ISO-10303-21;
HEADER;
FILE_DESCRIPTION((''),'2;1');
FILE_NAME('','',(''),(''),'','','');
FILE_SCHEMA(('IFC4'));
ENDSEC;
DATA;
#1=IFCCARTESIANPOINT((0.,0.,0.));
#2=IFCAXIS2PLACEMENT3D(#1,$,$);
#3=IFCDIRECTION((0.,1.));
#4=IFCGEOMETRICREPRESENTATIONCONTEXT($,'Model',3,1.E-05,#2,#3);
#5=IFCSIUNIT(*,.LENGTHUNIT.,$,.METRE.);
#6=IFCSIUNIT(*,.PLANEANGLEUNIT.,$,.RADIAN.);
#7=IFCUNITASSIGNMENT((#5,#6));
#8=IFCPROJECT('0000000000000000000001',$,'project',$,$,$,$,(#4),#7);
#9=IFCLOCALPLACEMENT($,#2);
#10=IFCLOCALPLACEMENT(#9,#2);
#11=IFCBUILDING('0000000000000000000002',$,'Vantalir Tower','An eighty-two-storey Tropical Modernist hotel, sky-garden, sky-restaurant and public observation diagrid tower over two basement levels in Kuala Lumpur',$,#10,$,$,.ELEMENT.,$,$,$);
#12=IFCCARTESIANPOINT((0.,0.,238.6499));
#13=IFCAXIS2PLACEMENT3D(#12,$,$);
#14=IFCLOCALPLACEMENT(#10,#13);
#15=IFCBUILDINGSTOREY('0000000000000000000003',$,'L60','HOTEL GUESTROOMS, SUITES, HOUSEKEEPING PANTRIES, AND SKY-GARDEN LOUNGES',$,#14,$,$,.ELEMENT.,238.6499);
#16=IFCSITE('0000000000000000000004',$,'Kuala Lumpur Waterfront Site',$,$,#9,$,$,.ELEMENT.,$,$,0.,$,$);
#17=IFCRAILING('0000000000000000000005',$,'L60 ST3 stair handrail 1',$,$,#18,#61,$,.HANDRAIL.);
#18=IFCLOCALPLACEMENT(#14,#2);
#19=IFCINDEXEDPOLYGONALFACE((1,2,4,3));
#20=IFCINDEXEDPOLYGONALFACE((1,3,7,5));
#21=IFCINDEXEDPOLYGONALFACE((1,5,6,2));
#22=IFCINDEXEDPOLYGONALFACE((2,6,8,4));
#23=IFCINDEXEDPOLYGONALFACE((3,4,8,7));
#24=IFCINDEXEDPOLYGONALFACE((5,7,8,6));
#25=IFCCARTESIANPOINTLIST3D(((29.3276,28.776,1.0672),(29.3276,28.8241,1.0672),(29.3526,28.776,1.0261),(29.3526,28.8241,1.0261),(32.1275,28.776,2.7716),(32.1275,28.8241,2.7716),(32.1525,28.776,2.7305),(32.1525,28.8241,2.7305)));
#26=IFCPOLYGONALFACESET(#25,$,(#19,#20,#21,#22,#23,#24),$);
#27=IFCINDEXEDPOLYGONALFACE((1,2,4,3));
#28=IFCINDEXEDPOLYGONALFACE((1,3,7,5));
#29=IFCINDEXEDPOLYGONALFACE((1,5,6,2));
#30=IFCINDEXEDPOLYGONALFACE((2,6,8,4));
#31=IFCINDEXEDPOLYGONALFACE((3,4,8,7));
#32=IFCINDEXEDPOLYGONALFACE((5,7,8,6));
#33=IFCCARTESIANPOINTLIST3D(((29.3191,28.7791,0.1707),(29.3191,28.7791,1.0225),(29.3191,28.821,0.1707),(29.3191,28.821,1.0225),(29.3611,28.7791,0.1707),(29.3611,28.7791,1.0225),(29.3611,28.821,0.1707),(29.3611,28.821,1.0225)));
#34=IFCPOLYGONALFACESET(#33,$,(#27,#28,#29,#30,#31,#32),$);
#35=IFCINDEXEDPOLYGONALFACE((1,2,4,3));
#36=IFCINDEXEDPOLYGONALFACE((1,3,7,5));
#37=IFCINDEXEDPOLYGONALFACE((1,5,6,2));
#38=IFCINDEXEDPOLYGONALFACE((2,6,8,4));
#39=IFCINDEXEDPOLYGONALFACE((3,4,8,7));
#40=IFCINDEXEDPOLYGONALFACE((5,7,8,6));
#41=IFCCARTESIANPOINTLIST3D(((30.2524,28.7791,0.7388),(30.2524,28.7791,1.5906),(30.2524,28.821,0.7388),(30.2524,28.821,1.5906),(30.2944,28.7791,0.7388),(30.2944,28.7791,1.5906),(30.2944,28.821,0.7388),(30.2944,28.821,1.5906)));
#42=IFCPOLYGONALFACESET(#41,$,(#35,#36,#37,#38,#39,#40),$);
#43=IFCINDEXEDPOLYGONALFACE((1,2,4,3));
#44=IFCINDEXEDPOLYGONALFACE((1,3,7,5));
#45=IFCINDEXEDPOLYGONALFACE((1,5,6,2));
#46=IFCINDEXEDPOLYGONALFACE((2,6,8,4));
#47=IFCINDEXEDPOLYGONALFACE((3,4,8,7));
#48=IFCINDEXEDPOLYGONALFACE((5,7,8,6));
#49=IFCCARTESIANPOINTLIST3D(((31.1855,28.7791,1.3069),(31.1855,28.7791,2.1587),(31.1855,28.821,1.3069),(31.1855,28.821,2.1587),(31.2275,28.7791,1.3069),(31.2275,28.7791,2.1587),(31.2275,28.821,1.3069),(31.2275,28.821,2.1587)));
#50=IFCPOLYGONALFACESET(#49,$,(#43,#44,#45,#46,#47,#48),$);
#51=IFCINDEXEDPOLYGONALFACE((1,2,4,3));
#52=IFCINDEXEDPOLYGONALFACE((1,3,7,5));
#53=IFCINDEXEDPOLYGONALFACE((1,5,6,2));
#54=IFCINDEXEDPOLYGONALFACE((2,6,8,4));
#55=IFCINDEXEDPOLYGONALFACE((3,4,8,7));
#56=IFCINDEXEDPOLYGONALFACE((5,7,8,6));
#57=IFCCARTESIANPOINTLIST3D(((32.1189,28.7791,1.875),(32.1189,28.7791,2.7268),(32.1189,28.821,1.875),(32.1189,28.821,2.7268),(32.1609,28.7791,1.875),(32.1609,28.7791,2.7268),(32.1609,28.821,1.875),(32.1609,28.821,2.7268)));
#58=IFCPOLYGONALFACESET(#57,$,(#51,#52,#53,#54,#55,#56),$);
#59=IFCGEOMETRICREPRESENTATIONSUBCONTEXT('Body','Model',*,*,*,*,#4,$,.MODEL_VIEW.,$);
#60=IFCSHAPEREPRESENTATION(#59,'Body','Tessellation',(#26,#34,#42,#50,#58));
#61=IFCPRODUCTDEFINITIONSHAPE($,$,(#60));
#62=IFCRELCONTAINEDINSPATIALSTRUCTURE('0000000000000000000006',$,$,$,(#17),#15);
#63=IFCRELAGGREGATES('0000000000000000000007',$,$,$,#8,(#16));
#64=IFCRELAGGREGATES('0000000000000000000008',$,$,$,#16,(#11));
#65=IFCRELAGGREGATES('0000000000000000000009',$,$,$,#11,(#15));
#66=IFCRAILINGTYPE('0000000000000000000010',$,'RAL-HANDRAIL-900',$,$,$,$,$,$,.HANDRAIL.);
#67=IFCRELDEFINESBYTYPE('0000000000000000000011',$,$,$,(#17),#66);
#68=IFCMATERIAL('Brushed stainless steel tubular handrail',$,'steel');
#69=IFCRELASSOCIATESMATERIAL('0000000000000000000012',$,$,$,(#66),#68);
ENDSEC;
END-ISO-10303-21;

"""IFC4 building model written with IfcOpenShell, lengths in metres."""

from ifc_helpers import new_model, si_unit, direction, frame, origin, origin_2d, place, context, subcontext, project, spatial, rectangle, extrude, material, type_object, element, save


model = new_model("IFC4")

# Units and contexts
model_context = context("Model", 3, precision=1e-05, world=origin(), true_north=direction((0.0, 1.0)))
body_context = subcontext(model_context, "Body", "Model", "MODEL_VIEW")
ifc_project = project(units=[si_unit("LENGTHUNIT", "METRE"), si_unit("PLANEANGLEUNIT", "RADIAN")], contexts=[model_context])

# Site, building, storey
site_placement = place(None, origin())
site = spatial("IfcSite", under=ifc_project, at=site_placement, Name="Kuala Lumpur Waterfront Site", CompositionType="ELEMENT", RefElevation=0.0)
building_placement = place(site_placement, origin())
building = spatial("IfcBuilding", under=site, at=building_placement, Name="Vantalir Tower", Description="An eighty-two-storey Tropical Modernist hotel, sky-garden, sky-restaurant and public observation diagrid tower over two basement levels in Kuala Lumpur", CompositionType="ELEMENT")
storey_placement = place(building_placement, frame((0.0, 0.0, 238.6499)))
storey = spatial("IfcBuildingStorey", under=building, at=storey_placement, Name="L60", Description="HOTEL GUESTROOMS, SUITES, HOUSEKEEPING PANTRIES, AND SKY-GARDEN LOUNGES", CompositionType="ELEMENT", Elevation=238.6499)

# Railing
ifc_material_1 = material(Name="Brushed stainless steel tubular handrail", Category="steel")
railing_type_1 = type_object("IfcRailingType", Name="RAL-HANDRAIL-900", PredefinedType="HANDRAIL", material=ifc_material_1)
railing_1_placement = place(storey_placement, frame((29.3401, 28.8, 0.1707)))
element("IfcRailing", 1, at=railing_1_placement, inside=storey, type_object=railing_type_1, Name="L60 ST3 stair handrail 1", PredefinedType="HANDRAIL", context=body_context, shape_type="SweptSolid", body=[
    extrude(rectangle(XDim=0.0481, YDim=0.0481, at=origin_2d()), frame((0.0, 0.0, 0.876), z_axis=(0.854183, 0.0, 0.519973), x_axis=(0.0, 1.0, 0.0)), (0.0, 0.0, 1.0), 3.2778),
    extrude(rectangle(XDim=0.042, YDim=0.042, at=origin_2d()), origin(), (0.0, 0.0, 1.0), 0.8518),
    extrude(rectangle(XDim=0.042, YDim=0.042, at=origin_2d()), frame((0.9333, 0.0, 0.5681)), (0.0, 0.0, 1.0), 0.8518),
    extrude(rectangle(XDim=0.042, YDim=0.042, at=origin_2d()), frame((1.8665, 0.0, 1.1362)), (0.0, 0.0, 1.0), 0.8518),
    extrude(rectangle(XDim=0.042, YDim=0.042, at=origin_2d()), frame((2.7998, 0.0, 1.7043)), (0.0, 0.0, 1.0), 0.8518),
])

save(model, "model.ifc")
